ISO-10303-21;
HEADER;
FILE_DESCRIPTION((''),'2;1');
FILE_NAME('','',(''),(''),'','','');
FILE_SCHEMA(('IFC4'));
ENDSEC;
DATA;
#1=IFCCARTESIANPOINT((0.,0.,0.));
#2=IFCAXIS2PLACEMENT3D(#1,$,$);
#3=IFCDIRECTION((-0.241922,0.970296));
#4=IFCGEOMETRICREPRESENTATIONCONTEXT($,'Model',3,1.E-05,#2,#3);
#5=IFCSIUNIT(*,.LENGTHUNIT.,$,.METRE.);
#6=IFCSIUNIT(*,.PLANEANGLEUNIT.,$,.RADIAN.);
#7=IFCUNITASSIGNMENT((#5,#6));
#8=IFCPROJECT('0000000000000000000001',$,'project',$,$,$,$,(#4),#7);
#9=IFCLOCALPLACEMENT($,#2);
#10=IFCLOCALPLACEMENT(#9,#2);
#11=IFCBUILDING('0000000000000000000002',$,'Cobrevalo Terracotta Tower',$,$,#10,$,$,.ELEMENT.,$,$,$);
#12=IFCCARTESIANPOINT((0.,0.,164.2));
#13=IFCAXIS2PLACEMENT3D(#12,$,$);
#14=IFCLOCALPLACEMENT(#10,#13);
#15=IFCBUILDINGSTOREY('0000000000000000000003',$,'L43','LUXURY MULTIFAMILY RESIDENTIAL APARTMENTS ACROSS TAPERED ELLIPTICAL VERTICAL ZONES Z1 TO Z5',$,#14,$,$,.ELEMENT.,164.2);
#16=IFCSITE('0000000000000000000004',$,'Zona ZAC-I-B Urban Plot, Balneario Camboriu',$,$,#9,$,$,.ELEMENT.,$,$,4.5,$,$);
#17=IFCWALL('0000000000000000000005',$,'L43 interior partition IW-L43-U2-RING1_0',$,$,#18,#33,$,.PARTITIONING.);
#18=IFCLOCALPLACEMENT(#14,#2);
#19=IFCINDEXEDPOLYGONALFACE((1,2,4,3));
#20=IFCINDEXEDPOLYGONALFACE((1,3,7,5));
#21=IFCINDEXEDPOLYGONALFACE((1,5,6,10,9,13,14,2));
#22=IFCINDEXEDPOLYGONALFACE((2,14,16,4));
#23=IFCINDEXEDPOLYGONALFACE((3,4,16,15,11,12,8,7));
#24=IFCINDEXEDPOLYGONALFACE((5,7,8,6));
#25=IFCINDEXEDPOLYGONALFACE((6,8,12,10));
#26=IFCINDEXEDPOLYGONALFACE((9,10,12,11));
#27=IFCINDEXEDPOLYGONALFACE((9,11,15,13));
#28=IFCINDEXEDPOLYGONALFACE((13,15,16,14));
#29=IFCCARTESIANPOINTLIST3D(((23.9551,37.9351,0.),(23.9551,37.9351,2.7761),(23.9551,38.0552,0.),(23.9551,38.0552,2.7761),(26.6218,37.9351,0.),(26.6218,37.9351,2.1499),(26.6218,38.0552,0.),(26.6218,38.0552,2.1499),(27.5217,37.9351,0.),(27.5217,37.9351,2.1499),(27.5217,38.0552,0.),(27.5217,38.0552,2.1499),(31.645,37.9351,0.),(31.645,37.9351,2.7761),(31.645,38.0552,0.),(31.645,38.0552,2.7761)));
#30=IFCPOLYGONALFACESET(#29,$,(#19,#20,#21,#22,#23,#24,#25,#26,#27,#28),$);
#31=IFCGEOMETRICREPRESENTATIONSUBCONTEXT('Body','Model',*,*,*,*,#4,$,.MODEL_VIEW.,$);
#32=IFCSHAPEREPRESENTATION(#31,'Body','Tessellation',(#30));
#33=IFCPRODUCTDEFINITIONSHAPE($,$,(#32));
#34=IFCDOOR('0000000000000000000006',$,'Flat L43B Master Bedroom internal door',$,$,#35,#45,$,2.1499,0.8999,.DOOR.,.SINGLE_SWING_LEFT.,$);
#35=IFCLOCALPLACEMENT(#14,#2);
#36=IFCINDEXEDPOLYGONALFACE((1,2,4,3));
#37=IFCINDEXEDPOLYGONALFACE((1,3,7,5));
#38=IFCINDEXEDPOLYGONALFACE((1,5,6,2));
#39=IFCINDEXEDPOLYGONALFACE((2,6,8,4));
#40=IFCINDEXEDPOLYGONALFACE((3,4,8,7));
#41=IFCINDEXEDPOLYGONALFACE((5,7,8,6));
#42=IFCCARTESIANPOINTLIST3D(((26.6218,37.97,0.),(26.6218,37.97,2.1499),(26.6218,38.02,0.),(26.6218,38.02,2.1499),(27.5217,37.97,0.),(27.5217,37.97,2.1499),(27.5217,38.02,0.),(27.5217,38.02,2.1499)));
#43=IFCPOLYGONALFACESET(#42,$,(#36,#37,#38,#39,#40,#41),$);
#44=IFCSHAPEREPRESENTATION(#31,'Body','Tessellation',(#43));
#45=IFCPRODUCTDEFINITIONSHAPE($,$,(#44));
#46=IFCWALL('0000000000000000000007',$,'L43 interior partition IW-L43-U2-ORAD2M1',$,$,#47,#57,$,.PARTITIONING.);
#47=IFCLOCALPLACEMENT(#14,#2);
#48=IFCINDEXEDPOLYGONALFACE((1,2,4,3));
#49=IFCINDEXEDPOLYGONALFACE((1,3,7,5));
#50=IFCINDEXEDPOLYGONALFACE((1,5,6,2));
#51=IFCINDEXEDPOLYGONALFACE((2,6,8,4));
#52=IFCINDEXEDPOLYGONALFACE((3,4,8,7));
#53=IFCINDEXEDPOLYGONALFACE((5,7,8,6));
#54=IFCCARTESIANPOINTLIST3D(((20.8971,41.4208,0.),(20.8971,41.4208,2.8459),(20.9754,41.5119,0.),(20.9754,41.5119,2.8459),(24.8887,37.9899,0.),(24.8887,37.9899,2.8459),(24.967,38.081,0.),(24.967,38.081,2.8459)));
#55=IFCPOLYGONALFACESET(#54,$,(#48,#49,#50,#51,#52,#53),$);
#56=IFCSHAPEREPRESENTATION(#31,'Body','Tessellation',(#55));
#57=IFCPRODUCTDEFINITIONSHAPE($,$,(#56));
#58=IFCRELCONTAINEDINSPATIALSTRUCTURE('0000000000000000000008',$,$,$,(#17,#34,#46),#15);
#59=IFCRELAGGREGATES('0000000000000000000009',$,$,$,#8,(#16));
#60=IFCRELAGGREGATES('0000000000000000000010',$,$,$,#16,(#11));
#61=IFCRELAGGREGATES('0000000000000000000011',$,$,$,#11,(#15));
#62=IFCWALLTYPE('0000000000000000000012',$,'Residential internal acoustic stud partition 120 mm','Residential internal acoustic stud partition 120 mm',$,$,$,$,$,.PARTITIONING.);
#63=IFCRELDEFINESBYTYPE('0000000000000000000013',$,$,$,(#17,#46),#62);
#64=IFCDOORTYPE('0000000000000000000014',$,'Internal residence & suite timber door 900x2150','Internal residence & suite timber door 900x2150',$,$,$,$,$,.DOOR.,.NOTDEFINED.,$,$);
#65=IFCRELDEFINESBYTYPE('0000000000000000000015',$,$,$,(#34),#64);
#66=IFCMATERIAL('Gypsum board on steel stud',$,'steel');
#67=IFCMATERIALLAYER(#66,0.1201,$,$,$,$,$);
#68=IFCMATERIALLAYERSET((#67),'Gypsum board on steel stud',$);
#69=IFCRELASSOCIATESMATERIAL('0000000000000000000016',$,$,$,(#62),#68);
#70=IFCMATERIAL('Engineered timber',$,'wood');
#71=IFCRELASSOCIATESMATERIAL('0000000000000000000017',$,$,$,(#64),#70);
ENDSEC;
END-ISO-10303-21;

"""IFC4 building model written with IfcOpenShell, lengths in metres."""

from ifc_helpers import new_model, si_unit, direction, frame, frame_2d, origin, place, context, subcontext, project, spatial, rectangle, extrude, source, transform, mapped, material, layer, layer_set, type_object, element, fill, save


model = new_model("IFC4")

# Units and contexts
model_context = context("Model", 3, precision=1e-05, world=origin(), true_north=direction((-0.241922, 0.970296)))
body_context = subcontext(model_context, "Body", "Model", "MODEL_VIEW")
ifc_project = project(units=[si_unit("LENGTHUNIT", "METRE"), si_unit("PLANEANGLEUNIT", "RADIAN")], contexts=[model_context])

# Site, building, storey
site_placement = place(None, origin())
site = spatial("IfcSite", under=ifc_project, at=site_placement, Name="Zona ZAC-I-B Urban Plot, Balneario Camboriu", CompositionType="ELEMENT", RefElevation=4.5)
building_placement = place(site_placement, origin())
building = spatial("IfcBuilding", under=site, at=building_placement, Name="Cobrevalo Terracotta Tower", CompositionType="ELEMENT")
storey_placement = place(building_placement, frame((0.0, 0.0, 164.2)))
storey = spatial("IfcBuildingStorey", under=building, at=storey_placement, Name="L43", Description="LUXURY MULTIFAMILY RESIDENTIAL APARTMENTS ACROSS TAPERED ELLIPTICAL VERTICAL ZONES Z1 TO Z5", CompositionType="ELEMENT", Elevation=164.2)

# Wall, opening, door
ifc_material_1 = material(Name="Gypsum board on steel stud", Category="steel")
ifc_layer_1 = layer(ifc_material_1, 0.1201)
ifc_layer_set_1 = layer_set([ifc_layer_1], Name="Gypsum board on steel stud")
wall_type_1 = type_object("IfcWallType", Name="Residential internal acoustic stud partition 120 mm", Description="Residential internal acoustic stud partition 120 mm", PredefinedType="PARTITIONING", material=ifc_layer_set_1)
wall_1_placement = place(storey_placement, frame((23.9551, 37.9951, 0.0), z_axis=(0.0, 0.0, 1.0), x_axis=(1.0, 0.0, 0.0)))
wall_1 = element("IfcWall", 1, at=wall_1_placement, inside=storey, type_object=wall_type_1, Name="L43 interior partition IW-L43-U2-RING1_0", PredefinedType="PARTITIONING", context=body_context, shape_type="SweptSolid", body=[
    extrude(rectangle(XDim=7.6899, YDim=0.1201, at=frame_2d((3.845, 0.0))), origin(), (0.0, 0.0, 1.0), 2.7761),
])
opening_1_placement = place(wall_1_placement, frame((2.6667, 0.0, 0.0)))
opening_1 = element("IfcOpeningElement", 2, at=opening_1_placement, cuts=wall_1, PredefinedType="OPENING", context=body_context, shape_type="SweptSolid", body=[
    extrude(rectangle(XDim=0.8999, YDim=2.1499, at=frame_2d((0.45, 1.075))), frame((0.0, 0.0701, 0.0), z_axis=(0.0, -1.0, 0.0), x_axis=(1.0, 0.0, 0.0)), (0.0, 0.0, 1.0), 0.1401),
])
ifc_material_2 = material(Name="Engineered timber", Category="wood")
door_type = type_object("IfcDoorType", Name="Internal residence & suite timber door 900x2150", Description="Internal residence & suite timber door 900x2150", OperationType="NOTDEFINED", PredefinedType="DOOR", material=ifc_material_2)
shared_shape_1 = source(origin(), body_context, "Body", "SweptSolid", [
    extrude(rectangle(XDim=0.8999, YDim=2.1499, at=frame_2d((0.45, 1.075))), frame((0.0, 0.0249, 0.0), z_axis=(0.0, -1.0, 0.0), x_axis=(1.0, 0.0, 0.0)), (0.0, 0.0, 1.0), 0.05),
])
door_placement = place(opening_1_placement, origin())
door = element("IfcDoor", 3, at=door_placement, inside=storey, type_object=door_type, Name="Flat L43B Master Bedroom internal door", OperationType="SINGLE_SWING_LEFT", OverallHeight=2.1499, OverallWidth=0.8999, PredefinedType="DOOR", context=body_context, shape_type="MappedRepresentation", body=[
    mapped(shared_shape_1, transform((0.0, 0.0, 0.0), scale=1.0)),
])
fill(opening_1, door)

# Wall
wall_2_placement = place(storey_placement, frame((24.928, 38.0354, 0.0), z_axis=(0.0, 0.0, 1.0), x_axis=(-0.758369, 0.651826, 0.0)))
element("IfcWall", 4, at=wall_2_placement, inside=storey, type_object=wall_type_1, Name="L43 interior partition IW-L43-U2-ORAD2M1", PredefinedType="PARTITIONING", context=body_context, shape_type="SweptSolid", body=[
    extrude(rectangle(XDim=5.2634, YDim=0.1201, at=frame_2d((2.6318, 0.0))), origin(), (0.0, 0.0, 1.0), 2.8459),
])

save(model, "model.ifc")
